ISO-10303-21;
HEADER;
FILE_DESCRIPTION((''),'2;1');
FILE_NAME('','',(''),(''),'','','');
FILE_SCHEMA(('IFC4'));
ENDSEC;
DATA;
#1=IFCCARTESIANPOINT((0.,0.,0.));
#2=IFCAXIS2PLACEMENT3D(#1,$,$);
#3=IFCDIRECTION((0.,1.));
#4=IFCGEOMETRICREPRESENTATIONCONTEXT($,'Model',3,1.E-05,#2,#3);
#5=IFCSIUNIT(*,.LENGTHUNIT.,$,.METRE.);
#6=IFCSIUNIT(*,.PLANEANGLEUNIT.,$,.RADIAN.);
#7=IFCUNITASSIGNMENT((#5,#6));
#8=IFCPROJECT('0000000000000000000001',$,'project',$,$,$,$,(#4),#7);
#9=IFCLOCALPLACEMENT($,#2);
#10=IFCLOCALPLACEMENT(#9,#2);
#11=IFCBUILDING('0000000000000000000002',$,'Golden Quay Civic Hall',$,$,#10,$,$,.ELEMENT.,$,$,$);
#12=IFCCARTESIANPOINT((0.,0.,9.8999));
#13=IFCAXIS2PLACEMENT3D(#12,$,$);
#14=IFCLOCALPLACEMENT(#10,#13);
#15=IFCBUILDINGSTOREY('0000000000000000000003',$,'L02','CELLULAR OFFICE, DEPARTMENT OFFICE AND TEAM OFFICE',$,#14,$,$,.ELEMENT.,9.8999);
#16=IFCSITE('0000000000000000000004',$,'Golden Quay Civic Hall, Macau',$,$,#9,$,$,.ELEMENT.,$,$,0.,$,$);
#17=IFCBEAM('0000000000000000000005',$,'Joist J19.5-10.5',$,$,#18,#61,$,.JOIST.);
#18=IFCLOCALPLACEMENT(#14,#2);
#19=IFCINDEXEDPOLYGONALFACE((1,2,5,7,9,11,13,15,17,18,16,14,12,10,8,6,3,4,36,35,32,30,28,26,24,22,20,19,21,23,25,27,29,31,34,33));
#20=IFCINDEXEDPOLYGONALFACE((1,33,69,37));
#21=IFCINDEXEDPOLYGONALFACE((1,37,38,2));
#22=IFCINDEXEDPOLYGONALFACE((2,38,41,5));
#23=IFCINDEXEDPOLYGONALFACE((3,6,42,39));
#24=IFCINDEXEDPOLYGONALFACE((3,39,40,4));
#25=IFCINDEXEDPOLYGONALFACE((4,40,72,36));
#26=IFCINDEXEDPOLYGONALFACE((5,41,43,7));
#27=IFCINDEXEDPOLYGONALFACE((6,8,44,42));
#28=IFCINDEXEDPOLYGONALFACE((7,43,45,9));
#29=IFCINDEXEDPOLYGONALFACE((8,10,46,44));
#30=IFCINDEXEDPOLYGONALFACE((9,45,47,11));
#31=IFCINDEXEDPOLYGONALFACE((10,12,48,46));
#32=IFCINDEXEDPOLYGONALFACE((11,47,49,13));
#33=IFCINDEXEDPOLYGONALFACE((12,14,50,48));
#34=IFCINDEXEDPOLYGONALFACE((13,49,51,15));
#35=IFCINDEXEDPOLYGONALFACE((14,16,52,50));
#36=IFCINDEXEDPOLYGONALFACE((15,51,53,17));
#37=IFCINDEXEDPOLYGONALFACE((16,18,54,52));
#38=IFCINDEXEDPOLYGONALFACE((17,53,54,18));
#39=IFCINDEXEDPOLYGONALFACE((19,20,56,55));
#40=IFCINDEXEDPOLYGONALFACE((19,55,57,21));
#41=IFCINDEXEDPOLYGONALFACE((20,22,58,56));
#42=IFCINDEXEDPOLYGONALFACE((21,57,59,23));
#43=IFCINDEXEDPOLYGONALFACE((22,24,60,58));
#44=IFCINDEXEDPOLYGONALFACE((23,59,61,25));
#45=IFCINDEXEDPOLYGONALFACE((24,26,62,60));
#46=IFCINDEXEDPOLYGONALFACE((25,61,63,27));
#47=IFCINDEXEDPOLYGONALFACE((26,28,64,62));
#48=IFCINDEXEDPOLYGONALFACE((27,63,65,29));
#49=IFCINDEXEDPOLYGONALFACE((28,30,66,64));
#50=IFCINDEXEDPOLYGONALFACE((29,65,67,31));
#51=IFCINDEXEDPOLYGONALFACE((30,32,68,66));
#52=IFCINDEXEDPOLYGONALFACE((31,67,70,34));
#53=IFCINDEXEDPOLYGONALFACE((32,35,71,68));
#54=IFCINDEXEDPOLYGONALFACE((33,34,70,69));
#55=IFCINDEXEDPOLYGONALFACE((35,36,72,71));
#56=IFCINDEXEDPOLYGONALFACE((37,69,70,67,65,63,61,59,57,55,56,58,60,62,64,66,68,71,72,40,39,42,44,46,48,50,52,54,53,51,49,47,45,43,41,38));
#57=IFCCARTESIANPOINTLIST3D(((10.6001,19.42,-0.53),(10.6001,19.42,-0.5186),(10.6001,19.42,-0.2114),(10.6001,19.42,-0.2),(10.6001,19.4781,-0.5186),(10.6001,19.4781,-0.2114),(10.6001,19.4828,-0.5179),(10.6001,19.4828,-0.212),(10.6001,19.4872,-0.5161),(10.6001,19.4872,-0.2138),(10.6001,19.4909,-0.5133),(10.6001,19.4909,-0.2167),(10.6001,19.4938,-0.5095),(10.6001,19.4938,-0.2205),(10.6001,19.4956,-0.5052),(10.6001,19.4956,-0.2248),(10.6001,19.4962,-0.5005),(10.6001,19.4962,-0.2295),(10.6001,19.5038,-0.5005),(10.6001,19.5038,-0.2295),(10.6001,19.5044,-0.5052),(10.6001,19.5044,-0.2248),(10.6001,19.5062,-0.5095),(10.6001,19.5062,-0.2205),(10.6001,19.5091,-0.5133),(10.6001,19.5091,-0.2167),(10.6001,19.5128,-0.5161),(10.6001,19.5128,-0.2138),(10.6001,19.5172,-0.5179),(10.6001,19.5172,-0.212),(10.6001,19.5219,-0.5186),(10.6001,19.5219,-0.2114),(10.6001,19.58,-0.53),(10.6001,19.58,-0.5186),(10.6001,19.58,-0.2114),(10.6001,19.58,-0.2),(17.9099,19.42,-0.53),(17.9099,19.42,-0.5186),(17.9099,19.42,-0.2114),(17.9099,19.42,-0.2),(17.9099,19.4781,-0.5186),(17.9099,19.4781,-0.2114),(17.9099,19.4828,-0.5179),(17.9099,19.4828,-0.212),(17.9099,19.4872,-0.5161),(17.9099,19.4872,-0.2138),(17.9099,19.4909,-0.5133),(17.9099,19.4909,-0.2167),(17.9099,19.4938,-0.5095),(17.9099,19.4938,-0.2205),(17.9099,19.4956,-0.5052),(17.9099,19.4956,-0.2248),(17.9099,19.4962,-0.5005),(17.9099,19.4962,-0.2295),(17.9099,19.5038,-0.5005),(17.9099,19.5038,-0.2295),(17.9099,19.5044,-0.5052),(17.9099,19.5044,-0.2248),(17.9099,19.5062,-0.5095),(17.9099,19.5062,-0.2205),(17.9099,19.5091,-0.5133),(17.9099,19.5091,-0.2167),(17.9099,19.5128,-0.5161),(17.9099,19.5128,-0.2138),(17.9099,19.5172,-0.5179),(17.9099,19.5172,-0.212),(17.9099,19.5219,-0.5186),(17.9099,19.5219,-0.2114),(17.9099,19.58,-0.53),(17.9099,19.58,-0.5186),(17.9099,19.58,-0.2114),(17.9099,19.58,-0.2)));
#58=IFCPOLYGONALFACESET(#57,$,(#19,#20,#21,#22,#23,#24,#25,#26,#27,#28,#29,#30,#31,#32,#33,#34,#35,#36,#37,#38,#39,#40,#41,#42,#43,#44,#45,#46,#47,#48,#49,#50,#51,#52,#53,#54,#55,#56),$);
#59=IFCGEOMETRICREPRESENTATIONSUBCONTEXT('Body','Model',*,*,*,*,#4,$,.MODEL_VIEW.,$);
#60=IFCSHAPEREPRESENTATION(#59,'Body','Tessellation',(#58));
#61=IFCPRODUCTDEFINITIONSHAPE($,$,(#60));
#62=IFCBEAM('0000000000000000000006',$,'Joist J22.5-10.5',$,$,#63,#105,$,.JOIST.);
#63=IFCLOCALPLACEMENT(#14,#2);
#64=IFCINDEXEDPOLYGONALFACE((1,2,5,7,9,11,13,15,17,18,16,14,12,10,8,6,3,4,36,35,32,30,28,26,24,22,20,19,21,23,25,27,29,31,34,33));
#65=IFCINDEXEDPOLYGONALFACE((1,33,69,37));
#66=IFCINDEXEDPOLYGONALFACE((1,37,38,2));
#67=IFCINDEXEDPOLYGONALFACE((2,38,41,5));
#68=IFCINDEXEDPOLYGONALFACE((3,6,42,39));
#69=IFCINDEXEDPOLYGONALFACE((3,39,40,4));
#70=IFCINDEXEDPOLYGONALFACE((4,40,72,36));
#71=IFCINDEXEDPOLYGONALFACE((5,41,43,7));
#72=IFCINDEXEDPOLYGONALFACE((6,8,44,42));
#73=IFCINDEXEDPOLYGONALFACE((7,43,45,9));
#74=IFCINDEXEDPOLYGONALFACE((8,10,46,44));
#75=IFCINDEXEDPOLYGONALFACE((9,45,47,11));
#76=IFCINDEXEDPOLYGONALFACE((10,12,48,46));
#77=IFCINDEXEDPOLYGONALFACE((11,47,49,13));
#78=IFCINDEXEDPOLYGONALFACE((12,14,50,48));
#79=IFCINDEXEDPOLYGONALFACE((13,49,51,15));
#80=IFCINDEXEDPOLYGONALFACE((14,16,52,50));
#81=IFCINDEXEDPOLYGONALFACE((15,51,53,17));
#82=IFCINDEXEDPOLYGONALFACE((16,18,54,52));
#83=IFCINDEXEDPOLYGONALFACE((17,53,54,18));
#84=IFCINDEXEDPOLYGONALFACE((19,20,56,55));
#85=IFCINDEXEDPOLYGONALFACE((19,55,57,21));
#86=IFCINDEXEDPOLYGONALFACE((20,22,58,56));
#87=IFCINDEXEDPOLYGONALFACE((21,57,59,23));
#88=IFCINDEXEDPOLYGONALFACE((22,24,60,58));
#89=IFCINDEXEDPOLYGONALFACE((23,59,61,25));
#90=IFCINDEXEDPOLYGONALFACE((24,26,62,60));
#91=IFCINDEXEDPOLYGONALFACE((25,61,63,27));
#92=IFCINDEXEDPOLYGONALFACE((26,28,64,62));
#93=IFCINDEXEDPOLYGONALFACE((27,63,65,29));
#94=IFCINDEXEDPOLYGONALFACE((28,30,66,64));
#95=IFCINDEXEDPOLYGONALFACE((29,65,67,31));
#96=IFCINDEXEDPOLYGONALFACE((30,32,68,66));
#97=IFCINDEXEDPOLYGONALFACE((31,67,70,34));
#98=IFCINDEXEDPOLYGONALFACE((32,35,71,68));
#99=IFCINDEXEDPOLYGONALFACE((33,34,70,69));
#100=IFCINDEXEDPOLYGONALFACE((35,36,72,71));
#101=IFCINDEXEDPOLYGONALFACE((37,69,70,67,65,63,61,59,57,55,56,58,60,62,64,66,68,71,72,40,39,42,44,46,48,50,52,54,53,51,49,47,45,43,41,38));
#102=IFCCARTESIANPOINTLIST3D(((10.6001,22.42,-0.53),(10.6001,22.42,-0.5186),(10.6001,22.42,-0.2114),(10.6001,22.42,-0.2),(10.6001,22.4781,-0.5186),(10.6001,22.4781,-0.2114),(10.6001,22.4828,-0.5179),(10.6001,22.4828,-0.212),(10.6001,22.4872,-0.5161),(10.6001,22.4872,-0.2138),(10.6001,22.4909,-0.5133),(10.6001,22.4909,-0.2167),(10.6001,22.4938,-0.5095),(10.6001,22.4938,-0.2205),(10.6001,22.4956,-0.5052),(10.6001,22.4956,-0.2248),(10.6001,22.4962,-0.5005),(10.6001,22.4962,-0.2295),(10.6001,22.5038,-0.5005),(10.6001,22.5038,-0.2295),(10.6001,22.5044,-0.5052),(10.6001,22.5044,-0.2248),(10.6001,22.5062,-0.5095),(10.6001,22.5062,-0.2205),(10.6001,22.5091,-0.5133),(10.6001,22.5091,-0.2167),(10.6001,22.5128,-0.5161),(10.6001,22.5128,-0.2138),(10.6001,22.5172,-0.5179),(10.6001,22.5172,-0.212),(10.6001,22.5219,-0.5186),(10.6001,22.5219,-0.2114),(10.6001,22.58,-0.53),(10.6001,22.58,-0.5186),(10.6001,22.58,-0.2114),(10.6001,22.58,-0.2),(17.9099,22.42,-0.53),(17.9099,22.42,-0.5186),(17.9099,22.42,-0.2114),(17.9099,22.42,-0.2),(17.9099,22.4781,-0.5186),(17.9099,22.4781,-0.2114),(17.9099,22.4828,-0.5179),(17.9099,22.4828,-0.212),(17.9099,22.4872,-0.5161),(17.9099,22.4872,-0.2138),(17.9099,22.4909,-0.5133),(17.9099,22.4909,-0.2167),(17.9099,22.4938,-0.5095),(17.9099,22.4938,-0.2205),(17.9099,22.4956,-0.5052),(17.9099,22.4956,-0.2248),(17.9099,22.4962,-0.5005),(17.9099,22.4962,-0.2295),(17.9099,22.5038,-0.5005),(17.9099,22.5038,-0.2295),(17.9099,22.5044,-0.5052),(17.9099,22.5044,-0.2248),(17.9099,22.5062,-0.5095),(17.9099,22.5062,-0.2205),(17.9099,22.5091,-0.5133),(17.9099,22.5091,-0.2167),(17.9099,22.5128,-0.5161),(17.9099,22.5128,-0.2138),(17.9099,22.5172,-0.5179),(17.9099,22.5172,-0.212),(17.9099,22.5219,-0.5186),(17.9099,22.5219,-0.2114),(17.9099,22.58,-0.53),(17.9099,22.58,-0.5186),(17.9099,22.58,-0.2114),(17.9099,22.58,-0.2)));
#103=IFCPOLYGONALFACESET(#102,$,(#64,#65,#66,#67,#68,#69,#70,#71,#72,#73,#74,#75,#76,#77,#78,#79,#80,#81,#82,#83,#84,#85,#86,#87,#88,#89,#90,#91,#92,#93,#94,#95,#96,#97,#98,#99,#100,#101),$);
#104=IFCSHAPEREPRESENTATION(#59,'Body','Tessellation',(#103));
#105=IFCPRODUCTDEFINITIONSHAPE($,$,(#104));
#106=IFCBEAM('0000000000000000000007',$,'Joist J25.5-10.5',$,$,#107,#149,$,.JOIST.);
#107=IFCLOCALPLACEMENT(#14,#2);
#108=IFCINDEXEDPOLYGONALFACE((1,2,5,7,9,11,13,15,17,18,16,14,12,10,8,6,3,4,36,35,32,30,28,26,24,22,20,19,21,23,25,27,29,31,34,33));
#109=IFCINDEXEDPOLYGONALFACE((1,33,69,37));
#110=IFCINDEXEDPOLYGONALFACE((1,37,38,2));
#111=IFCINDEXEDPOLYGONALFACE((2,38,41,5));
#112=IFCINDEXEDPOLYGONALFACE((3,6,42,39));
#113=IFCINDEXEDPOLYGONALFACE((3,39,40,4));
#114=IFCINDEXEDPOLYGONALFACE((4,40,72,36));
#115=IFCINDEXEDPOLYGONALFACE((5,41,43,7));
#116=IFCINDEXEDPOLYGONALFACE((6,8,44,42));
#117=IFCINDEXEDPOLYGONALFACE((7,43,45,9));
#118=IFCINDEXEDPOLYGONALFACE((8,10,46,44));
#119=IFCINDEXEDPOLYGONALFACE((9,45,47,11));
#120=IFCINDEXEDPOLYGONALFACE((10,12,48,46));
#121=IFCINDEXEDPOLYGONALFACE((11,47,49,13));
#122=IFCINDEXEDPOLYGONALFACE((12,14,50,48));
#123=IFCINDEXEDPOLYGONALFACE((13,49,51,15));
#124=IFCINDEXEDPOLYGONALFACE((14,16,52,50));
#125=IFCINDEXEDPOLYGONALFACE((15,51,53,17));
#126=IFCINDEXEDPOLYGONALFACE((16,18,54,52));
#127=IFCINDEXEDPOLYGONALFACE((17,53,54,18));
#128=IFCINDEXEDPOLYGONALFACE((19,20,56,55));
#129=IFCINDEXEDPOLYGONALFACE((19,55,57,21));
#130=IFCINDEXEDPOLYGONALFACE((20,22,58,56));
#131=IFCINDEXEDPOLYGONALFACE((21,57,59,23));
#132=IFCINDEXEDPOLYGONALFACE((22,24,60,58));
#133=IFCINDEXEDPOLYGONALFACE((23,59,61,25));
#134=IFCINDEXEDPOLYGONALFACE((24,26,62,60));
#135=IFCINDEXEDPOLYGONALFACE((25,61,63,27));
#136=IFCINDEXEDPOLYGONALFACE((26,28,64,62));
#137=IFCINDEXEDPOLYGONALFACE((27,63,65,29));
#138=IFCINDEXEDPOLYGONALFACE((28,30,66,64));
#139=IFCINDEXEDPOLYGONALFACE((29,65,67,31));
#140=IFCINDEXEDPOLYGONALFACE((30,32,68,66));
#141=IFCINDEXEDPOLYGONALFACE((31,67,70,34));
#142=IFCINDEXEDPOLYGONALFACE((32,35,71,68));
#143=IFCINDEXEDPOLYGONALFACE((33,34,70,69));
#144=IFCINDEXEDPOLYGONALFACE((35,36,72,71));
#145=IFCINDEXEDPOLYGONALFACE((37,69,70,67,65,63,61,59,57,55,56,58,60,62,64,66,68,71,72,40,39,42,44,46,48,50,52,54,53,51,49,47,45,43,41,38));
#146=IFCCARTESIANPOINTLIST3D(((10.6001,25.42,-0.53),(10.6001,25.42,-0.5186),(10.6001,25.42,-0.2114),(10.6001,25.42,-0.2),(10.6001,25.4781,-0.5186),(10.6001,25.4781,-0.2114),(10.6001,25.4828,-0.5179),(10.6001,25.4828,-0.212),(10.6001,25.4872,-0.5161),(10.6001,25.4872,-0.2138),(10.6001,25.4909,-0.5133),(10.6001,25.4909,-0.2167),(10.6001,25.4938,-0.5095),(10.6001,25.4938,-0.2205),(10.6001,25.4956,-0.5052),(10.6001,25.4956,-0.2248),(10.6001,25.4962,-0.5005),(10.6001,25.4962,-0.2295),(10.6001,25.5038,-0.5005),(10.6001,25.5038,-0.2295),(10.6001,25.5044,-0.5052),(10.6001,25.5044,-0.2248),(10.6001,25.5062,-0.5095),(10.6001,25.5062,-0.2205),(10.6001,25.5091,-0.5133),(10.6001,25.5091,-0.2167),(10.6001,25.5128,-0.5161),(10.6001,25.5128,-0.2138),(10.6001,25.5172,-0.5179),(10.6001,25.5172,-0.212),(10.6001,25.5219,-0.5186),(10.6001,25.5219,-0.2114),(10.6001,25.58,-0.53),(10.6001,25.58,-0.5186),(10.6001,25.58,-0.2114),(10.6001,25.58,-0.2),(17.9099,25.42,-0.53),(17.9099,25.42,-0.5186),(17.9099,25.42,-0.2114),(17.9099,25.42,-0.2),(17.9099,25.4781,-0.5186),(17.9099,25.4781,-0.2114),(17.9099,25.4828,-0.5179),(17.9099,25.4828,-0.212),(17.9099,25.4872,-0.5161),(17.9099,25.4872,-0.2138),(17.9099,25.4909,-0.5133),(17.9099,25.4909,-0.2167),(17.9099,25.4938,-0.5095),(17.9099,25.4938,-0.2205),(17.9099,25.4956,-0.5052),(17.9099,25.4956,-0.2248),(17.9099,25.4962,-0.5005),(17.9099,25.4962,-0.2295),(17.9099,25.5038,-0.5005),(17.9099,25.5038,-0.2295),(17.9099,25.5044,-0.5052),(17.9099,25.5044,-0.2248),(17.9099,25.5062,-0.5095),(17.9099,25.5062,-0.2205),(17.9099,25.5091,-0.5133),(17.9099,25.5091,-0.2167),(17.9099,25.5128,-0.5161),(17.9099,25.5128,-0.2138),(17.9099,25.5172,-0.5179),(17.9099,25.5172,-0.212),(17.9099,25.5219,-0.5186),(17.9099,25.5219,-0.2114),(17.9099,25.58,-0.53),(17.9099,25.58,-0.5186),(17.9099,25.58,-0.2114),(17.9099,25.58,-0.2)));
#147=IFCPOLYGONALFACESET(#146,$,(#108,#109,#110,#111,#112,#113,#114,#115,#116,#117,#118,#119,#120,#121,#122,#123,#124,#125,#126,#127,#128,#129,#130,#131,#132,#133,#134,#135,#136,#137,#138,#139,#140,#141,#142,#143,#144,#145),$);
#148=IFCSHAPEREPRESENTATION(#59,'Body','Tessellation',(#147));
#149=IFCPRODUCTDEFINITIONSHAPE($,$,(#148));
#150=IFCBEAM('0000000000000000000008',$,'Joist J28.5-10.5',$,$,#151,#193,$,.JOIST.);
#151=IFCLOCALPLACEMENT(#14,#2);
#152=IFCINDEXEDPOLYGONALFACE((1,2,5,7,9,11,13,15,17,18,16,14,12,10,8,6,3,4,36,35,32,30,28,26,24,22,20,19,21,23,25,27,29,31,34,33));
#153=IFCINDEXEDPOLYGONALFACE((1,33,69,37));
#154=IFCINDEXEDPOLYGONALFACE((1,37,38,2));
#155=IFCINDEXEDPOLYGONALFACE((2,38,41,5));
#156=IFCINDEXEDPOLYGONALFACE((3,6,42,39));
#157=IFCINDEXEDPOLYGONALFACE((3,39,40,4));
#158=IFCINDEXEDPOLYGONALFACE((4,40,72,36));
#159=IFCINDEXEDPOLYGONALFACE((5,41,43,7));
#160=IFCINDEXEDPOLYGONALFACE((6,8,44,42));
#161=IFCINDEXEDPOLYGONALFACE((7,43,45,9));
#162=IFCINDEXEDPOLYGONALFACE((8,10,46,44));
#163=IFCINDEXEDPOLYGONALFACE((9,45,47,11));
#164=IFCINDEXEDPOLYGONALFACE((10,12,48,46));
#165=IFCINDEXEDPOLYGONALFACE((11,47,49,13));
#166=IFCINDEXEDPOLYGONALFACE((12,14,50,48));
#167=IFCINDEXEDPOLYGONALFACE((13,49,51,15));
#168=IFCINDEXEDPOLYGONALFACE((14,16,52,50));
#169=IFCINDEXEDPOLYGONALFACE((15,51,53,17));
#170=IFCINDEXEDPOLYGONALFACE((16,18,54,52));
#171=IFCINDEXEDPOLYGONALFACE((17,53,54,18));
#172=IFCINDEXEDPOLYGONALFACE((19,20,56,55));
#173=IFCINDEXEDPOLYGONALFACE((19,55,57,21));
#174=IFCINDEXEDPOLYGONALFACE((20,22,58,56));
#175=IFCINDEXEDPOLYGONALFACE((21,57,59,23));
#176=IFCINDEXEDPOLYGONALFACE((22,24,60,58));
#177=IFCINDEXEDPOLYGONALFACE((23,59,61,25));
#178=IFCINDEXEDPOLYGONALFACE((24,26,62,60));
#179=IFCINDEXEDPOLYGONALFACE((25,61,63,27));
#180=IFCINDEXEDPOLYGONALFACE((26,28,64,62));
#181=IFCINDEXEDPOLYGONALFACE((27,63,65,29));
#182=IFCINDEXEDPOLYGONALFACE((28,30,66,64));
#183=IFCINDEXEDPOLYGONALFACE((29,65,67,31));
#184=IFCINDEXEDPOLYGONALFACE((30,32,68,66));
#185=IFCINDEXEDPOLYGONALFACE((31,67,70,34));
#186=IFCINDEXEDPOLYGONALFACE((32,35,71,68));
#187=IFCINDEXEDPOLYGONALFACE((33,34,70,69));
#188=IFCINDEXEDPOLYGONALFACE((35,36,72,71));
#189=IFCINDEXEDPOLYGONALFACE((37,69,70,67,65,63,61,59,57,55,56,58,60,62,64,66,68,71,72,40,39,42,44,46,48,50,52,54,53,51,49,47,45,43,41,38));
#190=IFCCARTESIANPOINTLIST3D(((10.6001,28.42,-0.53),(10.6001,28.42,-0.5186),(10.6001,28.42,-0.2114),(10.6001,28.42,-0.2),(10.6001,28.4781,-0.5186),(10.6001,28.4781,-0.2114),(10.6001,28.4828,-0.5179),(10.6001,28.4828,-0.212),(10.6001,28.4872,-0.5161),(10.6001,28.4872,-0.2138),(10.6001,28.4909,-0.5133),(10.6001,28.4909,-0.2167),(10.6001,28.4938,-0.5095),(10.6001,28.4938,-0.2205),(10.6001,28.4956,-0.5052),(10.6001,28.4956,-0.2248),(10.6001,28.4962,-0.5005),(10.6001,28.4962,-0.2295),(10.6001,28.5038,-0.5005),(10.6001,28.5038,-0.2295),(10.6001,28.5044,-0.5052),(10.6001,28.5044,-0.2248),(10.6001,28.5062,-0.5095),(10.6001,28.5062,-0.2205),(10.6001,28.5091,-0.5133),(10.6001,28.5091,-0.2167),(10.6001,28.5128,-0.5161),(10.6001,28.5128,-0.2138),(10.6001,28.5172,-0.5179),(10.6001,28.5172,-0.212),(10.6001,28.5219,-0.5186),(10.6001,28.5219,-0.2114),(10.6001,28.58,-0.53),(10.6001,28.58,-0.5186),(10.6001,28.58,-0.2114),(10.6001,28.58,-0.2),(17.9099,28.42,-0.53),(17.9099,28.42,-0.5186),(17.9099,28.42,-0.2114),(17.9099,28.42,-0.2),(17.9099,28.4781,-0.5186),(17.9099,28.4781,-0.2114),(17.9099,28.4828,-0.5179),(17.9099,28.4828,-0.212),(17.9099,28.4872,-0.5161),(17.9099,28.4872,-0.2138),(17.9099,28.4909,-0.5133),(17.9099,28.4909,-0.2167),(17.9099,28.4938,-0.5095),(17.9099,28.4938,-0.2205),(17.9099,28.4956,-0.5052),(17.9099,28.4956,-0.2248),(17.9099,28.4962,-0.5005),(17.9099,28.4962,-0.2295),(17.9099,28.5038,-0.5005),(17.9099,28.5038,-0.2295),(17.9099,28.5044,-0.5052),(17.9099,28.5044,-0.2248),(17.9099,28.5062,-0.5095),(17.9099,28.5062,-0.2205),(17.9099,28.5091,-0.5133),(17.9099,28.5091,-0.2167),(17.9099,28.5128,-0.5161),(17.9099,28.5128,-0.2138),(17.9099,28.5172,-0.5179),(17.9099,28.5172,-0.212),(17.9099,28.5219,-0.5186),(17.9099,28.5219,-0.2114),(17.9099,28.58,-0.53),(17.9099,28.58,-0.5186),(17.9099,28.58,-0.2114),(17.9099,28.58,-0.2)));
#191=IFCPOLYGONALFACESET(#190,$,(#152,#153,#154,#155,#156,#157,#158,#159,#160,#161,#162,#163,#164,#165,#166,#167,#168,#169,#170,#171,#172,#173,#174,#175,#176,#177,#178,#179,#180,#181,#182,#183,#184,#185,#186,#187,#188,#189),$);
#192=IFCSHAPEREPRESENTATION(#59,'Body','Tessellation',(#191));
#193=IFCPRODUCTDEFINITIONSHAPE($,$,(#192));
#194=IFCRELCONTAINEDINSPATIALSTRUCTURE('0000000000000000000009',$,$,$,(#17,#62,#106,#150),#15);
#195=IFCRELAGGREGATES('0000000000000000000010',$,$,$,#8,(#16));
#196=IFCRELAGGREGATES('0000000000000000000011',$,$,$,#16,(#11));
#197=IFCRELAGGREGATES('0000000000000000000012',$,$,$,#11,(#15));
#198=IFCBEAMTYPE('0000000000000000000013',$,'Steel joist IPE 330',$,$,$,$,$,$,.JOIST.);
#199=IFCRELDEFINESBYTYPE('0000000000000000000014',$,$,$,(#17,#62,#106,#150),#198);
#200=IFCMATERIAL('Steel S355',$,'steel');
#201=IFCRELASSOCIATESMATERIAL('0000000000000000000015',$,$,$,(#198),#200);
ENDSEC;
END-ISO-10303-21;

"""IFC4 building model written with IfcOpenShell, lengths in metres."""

from ifc_helpers import new_model, si_unit, direction, frame, origin, origin_2d, place, context, subcontext, project, spatial, i_section, extrude, material, material_profile, profile_set, type_object, element, save


model = new_model("IFC4")

# Units and contexts
model_context = context("Model", 3, precision=1e-05, world=origin(), true_north=direction((0.0, 1.0)))
body_context = subcontext(model_context, "Body", "Model", "MODEL_VIEW")
ifc_project = project(units=[si_unit("LENGTHUNIT", "METRE"), si_unit("PLANEANGLEUNIT", "RADIAN")], contexts=[model_context])

# Site, building, storey
site_placement = place(None, origin())
site = spatial("IfcSite", under=ifc_project, at=site_placement, Name="Golden Quay Civic Hall, Macau", CompositionType="ELEMENT", RefElevation=0.0)
building_placement = place(site_placement, origin())
building = spatial("IfcBuilding", under=site, at=building_placement, Name="Golden Quay Civic Hall", CompositionType="ELEMENT")
storey_placement = place(building_placement, frame((0.0, 0.0, 9.8999)))
storey = spatial("IfcBuildingStorey", under=building, at=storey_placement, Name="L02", Description="CELLULAR OFFICE, DEPARTMENT OFFICE AND TEAM OFFICE", CompositionType="ELEMENT", Elevation=9.8999)

# Beams
ifc_material_1 = material(Name="Steel S355", Category="steel")
ifc_material_profile_1 = material_profile(ifc_material_1, i_section(OverallWidth=0.1599, OverallDepth=0.3301, WebThickness=0.0076, FlangeThickness=0.0115, FilletRadius=0.0181, at=origin_2d()), Name="IPE 330")
ifc_profile_set_1 = profile_set([ifc_material_profile_1], Name="Steel S355")
beam_type_1 = type_object("IfcBeamType", Name="Steel joist IPE 330", PredefinedType="JOIST", material=ifc_profile_set_1)
for number, where, z_axis, x_axis, name in (
    (1, (10.6001, 19.5, -0.365), (1.0, 0.0, 0.0), (0.0, 1.0, 0.0), "Joist J19.5-10.5"),
    (2, (10.6001, 22.5, -0.365), (1.0, 0.0, 0.0), (0.0, 1.0, 0.0), "Joist J22.5-10.5"),
    (3, (10.6001, 25.5, -0.365), (1.0, 0.0, 0.0), (0.0, 1.0, 0.0), "Joist J25.5-10.5"),
    (4, (10.6001, 28.5, -0.365), (1.0, 0.0, 0.0), (0.0, 1.0, 0.0), "Joist J28.5-10.5"),
):
    element("IfcBeam", number, at=place(storey_placement, frame(where, z_axis=z_axis, x_axis=x_axis)), inside=storey, type_object=beam_type_1, Name=name, PredefinedType="JOIST", context=body_context, shape_type="SweptSolid", body=[
        extrude(i_section(OverallWidth=0.1599, OverallDepth=0.3301, WebThickness=0.0076, FlangeThickness=0.0115, FilletRadius=0.0181, at=origin_2d()), origin(), (0.0, 0.0, 1.0), 7.3098),
    ])

save(model, "model.ifc")
